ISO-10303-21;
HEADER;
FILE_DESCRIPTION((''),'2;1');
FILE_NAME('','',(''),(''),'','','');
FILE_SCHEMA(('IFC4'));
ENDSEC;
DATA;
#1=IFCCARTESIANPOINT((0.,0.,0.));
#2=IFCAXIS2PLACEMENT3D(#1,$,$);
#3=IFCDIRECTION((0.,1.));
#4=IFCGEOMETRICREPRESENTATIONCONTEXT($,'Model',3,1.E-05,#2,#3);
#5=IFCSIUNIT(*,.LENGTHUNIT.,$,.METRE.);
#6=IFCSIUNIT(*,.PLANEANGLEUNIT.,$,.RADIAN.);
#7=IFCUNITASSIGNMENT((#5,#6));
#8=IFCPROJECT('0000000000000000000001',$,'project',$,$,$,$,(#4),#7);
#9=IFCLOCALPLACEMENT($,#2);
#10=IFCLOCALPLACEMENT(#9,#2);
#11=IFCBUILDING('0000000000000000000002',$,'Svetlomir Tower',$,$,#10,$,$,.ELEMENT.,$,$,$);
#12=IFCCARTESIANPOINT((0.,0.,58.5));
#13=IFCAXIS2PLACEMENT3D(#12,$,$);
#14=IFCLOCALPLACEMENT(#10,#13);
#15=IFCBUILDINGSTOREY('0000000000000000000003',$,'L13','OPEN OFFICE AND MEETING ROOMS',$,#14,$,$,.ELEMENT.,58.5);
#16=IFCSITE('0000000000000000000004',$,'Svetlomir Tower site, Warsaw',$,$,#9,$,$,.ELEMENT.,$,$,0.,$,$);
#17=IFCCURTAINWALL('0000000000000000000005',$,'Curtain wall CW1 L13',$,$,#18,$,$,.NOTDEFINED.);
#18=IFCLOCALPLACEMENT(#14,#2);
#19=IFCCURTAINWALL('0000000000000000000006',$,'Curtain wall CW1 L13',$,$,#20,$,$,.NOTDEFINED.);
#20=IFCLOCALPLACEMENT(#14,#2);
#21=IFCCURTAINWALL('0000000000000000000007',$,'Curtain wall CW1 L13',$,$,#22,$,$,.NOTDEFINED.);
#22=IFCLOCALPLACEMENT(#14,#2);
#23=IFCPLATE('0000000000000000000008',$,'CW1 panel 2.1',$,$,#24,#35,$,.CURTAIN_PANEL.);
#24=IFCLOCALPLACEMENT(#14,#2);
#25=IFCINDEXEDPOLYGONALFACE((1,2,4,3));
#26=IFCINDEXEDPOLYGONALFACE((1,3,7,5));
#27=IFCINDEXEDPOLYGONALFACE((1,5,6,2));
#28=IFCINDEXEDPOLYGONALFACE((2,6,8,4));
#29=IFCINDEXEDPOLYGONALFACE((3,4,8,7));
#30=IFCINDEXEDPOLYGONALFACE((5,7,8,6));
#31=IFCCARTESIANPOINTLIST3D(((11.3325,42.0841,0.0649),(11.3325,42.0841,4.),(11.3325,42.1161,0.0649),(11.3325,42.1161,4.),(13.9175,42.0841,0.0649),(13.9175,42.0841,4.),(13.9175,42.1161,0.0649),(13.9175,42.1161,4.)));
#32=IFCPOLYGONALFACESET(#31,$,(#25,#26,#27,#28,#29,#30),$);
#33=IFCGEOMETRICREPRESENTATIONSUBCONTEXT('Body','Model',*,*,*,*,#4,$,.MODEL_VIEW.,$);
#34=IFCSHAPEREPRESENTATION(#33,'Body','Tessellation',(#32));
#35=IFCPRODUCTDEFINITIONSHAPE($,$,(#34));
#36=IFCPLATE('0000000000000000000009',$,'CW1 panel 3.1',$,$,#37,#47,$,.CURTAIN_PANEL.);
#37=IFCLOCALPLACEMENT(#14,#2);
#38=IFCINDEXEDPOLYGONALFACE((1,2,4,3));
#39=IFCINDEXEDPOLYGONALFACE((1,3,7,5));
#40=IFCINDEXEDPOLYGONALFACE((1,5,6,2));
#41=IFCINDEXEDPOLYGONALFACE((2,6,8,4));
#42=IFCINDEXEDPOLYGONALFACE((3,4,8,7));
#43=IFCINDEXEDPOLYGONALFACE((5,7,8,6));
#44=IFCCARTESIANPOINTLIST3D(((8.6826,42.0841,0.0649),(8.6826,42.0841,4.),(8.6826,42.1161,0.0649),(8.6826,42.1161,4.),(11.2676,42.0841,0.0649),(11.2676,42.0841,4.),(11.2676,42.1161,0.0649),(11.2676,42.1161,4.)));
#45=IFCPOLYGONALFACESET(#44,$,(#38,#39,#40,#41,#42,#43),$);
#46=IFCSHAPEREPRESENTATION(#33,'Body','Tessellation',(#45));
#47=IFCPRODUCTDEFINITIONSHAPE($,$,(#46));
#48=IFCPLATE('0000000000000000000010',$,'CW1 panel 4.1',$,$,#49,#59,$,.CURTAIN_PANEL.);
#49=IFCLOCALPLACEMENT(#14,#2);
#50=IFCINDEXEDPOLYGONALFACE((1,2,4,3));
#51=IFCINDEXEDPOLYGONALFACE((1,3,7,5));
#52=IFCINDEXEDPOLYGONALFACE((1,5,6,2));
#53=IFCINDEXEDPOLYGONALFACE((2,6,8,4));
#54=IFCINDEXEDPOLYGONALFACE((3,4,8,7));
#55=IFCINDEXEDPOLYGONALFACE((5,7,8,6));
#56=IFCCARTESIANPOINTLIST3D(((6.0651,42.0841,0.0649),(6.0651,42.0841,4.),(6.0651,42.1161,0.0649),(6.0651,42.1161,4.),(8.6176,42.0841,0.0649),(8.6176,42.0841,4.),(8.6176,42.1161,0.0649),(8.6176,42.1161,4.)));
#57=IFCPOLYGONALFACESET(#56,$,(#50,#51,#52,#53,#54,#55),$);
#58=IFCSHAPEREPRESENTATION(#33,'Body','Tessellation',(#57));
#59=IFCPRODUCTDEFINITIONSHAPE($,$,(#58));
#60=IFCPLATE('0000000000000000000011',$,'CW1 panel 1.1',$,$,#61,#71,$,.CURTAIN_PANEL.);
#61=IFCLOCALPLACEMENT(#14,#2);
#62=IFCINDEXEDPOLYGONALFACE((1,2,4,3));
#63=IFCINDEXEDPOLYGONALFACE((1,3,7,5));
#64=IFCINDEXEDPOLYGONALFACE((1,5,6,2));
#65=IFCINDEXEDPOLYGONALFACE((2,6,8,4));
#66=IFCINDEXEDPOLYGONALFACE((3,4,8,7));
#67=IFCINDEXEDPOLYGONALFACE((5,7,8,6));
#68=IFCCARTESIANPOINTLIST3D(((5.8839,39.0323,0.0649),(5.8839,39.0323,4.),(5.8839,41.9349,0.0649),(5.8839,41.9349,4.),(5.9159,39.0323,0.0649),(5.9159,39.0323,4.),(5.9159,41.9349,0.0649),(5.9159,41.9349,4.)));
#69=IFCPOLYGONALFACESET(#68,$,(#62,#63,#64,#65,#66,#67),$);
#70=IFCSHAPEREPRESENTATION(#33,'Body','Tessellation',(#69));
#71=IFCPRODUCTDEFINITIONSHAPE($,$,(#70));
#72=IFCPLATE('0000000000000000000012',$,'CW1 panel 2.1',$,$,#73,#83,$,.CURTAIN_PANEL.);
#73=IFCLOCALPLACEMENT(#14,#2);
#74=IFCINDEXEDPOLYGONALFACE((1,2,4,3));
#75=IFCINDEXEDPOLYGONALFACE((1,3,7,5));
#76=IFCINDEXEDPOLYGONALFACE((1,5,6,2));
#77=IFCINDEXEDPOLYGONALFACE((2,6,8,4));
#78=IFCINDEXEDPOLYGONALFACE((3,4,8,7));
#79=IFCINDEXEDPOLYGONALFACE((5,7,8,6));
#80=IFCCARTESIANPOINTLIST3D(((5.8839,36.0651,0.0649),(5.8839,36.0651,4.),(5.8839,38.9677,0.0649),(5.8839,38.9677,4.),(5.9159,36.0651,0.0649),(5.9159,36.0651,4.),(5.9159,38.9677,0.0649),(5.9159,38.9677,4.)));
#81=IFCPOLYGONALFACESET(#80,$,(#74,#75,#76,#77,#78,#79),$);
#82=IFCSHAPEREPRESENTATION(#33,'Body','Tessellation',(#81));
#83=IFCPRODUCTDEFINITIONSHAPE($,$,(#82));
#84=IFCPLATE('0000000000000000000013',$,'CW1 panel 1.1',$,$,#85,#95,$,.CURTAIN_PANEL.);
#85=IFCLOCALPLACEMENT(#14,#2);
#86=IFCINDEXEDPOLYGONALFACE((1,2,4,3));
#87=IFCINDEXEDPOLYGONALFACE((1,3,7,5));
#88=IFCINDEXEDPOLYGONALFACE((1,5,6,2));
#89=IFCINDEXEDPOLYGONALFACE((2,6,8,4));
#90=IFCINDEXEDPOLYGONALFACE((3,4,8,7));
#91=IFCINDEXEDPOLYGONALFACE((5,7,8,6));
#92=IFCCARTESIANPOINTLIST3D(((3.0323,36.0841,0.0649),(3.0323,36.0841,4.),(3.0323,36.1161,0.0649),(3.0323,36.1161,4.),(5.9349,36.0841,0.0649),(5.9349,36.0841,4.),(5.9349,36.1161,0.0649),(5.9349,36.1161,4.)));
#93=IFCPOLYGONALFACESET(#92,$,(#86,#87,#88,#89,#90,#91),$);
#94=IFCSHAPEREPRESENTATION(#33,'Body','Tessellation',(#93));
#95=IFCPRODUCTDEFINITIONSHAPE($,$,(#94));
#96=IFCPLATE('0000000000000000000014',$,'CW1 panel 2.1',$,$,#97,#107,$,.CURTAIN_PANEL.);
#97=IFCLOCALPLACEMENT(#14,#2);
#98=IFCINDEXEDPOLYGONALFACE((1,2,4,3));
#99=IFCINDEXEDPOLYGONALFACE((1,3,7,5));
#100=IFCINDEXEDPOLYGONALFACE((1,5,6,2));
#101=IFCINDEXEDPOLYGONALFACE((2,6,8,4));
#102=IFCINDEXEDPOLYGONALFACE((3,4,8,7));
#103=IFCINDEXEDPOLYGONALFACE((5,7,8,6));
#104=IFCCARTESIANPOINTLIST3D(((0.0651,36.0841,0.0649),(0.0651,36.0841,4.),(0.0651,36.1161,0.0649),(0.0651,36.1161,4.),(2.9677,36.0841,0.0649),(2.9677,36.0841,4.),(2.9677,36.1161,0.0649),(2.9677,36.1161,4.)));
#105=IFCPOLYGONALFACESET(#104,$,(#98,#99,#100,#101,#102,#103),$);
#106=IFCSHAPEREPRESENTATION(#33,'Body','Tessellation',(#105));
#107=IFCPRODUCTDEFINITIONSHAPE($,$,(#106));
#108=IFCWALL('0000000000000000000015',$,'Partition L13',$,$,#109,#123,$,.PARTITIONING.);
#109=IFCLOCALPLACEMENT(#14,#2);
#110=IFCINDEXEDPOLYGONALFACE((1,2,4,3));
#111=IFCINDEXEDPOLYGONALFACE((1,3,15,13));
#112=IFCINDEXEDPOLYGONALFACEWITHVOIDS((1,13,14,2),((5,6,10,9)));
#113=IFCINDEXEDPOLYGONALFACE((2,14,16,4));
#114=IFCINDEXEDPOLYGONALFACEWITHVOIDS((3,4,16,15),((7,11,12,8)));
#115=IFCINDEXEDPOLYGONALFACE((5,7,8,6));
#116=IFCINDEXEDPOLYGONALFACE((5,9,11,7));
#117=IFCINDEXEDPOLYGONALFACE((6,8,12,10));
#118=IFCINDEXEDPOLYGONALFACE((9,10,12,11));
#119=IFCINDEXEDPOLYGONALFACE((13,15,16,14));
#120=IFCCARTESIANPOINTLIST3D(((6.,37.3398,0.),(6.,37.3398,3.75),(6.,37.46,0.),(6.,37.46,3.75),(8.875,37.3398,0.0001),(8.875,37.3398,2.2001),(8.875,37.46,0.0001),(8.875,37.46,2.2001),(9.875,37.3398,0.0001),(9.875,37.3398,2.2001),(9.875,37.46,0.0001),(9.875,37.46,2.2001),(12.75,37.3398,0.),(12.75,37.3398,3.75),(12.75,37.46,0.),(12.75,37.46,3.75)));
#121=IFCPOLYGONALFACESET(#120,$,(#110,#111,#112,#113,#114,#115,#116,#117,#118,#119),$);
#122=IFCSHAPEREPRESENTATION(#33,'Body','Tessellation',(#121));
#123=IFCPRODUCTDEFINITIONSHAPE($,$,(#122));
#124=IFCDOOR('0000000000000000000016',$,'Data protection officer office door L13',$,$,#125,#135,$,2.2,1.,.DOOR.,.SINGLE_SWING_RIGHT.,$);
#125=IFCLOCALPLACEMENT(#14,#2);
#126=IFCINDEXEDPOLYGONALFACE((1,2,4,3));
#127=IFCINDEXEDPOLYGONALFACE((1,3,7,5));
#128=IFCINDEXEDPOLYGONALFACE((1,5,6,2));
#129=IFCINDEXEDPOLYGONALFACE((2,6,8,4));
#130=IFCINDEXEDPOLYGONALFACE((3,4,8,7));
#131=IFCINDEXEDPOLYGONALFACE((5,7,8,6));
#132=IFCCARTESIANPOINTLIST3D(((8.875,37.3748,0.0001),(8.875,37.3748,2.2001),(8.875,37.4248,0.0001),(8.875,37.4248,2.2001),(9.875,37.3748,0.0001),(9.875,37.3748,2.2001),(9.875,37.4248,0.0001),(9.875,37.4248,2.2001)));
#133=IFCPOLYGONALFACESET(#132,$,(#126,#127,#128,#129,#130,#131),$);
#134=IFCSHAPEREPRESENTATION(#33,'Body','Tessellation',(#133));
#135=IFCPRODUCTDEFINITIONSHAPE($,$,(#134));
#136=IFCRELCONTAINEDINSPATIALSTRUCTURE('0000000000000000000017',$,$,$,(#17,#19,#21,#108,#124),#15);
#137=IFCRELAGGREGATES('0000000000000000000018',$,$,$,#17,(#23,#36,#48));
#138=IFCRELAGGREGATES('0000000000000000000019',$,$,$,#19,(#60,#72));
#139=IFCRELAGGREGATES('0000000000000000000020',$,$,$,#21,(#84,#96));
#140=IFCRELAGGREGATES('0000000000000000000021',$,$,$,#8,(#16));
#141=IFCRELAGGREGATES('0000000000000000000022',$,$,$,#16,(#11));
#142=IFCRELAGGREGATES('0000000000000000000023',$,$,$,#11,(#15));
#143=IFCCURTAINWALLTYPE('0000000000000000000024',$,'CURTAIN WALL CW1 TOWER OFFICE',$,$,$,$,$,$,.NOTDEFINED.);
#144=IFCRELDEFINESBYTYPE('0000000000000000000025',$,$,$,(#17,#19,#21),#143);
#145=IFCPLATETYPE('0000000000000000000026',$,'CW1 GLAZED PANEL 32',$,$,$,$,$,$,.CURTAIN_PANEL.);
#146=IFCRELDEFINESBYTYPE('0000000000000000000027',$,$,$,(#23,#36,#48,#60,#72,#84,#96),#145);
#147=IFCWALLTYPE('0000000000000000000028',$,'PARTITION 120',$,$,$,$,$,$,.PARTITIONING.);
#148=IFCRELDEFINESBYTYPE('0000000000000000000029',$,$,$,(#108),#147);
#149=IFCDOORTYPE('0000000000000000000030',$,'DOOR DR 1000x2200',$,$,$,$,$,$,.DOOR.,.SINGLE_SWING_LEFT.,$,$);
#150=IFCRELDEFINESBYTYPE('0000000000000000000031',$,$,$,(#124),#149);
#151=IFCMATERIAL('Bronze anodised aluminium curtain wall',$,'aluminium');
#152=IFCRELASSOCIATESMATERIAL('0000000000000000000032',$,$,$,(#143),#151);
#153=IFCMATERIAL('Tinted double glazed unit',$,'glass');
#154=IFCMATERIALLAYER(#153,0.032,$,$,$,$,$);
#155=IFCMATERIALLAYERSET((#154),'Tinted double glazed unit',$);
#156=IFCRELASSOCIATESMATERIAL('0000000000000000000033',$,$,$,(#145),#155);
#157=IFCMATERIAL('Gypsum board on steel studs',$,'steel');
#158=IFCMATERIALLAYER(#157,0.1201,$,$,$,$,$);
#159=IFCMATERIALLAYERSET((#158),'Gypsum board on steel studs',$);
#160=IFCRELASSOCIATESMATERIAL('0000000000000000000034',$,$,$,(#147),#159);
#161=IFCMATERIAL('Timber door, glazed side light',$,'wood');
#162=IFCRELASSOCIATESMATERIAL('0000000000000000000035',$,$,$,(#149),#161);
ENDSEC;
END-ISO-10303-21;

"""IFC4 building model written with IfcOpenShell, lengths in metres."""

from ifc_helpers import new_model, si_unit, direction, frame, frame_2d, origin, origin_2d, place, context, subcontext, project, spatial, rectangle, extrude, material, layer, layer_set, type_object, element, fill, aggregate, save


model = new_model("IFC4")

# Units and contexts
model_context = context("Model", 3, precision=1e-05, world=origin(), true_north=direction((0.0, 1.0)))
body_context = subcontext(model_context, "Body", "Model", "MODEL_VIEW")
ifc_project = project(units=[si_unit("LENGTHUNIT", "METRE"), si_unit("PLANEANGLEUNIT", "RADIAN")], contexts=[model_context])

# Site, building, storey
site_placement = place(None, origin())
site = spatial("IfcSite", under=ifc_project, at=site_placement, Name="Svetlomir Tower site, Warsaw", CompositionType="ELEMENT", RefElevation=0.0)
building_placement = place(site_placement, origin())
building = spatial("IfcBuilding", under=site, at=building_placement, Name="Svetlomir Tower", CompositionType="ELEMENT")
storey_placement = place(building_placement, frame((0.0, 0.0, 58.5)))
storey = spatial("IfcBuildingStorey", under=building, at=storey_placement, Name="L13", Description="OPEN OFFICE AND MEETING ROOMS", CompositionType="ELEMENT", Elevation=58.5)

# Curtain walls
ifc_material_1 = material(Name="Bronze anodised aluminium curtain wall", Category="aluminium")
curtain_wall_type = type_object("IfcCurtainWallType", Name="CURTAIN WALL CW1 TOWER OFFICE", PredefinedType="NOTDEFINED", material=ifc_material_1)
curtain_wall_1_placement = place(storey_placement, origin())
curtain_wall_1 = element("IfcCurtainWall", 1, at=curtain_wall_1_placement, inside=storey, type_object=curtain_wall_type, Name="Curtain wall CW1 L13", PredefinedType="NOTDEFINED")
curtain_wall_2_placement = place(storey_placement, origin())
curtain_wall_2 = element("IfcCurtainWall", 2, at=curtain_wall_2_placement, inside=storey, type_object=curtain_wall_type, Name="Curtain wall CW1 L13", PredefinedType="NOTDEFINED")
curtain_wall_3_placement = place(storey_placement, origin())
curtain_wall_3 = element("IfcCurtainWall", 3, at=curtain_wall_3_placement, inside=storey, type_object=curtain_wall_type, Name="Curtain wall CW1 L13", PredefinedType="NOTDEFINED")

# Plates
ifc_material_2 = material(Name="Tinted double glazed unit", Category="glass")
ifc_layer_1 = layer(ifc_material_2, 0.032)
ifc_layer_set_1 = layer_set([ifc_layer_1], Name="Tinted double glazed unit")
plate_type = type_object("IfcPlateType", Name="CW1 GLAZED PANEL 32", PredefinedType="CURTAIN_PANEL", material=ifc_layer_set_1)
plate_1_placement = place(storey_placement, frame((12.625, 42.1001, 0.0649), z_axis=(0.0, 0.0, 1.0), x_axis=(-1.0, 0.0, 0.0)))
plate_1 = element("IfcPlate", 4, at=plate_1_placement, type_object=plate_type, Name="CW1 panel 2.1", PredefinedType="CURTAIN_PANEL", context=body_context, shape_type="SweptSolid", body=[
    extrude(rectangle(XDim=2.585, YDim=0.032, at=origin_2d()), origin(), (0.0, 0.0, 1.0), 3.9351),
])
plate_2_placement = place(storey_placement, frame((9.9751, 42.1001, 0.0649), z_axis=(0.0, 0.0, 1.0), x_axis=(-1.0, 0.0, 0.0)))
plate_2 = element("IfcPlate", 5, at=plate_2_placement, type_object=plate_type, Name="CW1 panel 3.1", PredefinedType="CURTAIN_PANEL", context=body_context, shape_type="SweptSolid", body=[
    extrude(rectangle(XDim=2.585, YDim=0.032, at=origin_2d()), origin(), (0.0, 0.0, 1.0), 3.9351),
])
plate_3_placement = place(storey_placement, frame((7.3413, 42.1001, 0.0649), z_axis=(0.0, 0.0, 1.0), x_axis=(-1.0, 0.0, 0.0)))
plate_3 = element("IfcPlate", 6, at=plate_3_placement, type_object=plate_type, Name="CW1 panel 4.1", PredefinedType="CURTAIN_PANEL", context=body_context, shape_type="SweptSolid", body=[
    extrude(rectangle(XDim=2.5525, YDim=0.032, at=origin_2d()), origin(), (0.0, 0.0, 1.0), 3.9351),
])
aggregate(curtain_wall_1, [plate_1, plate_2, plate_3])
plate_4_placement = place(storey_placement, frame((5.8999, 40.4836, 0.0649), z_axis=(0.0, 0.0, 1.0), x_axis=(0.0, -1.0, 0.0)))
plate_4 = element("IfcPlate", 7, at=plate_4_placement, type_object=plate_type, Name="CW1 panel 1.1", PredefinedType="CURTAIN_PANEL", context=body_context, shape_type="SweptSolid", body=[
    extrude(rectangle(XDim=2.9026, YDim=0.032, at=origin_2d()), origin(), (0.0, 0.0, 1.0), 3.9351),
])
plate_5_placement = place(storey_placement, frame((5.8999, 37.5164, 0.0649), z_axis=(0.0, 0.0, 1.0), x_axis=(0.0, -1.0, 0.0)))
plate_5 = element("IfcPlate", 8, at=plate_5_placement, type_object=plate_type, Name="CW1 panel 2.1", PredefinedType="CURTAIN_PANEL", context=body_context, shape_type="SweptSolid", body=[
    extrude(rectangle(XDim=2.9026, YDim=0.032, at=origin_2d()), origin(), (0.0, 0.0, 1.0), 3.9351),
])
aggregate(curtain_wall_2, [plate_4, plate_5])
plate_6_placement = place(storey_placement, frame((4.4836, 36.1001, 0.0649), z_axis=(0.0, 0.0, 1.0), x_axis=(-1.0, 0.0, 0.0)))
plate_6 = element("IfcPlate", 9, at=plate_6_placement, type_object=plate_type, Name="CW1 panel 1.1", PredefinedType="CURTAIN_PANEL", context=body_context, shape_type="SweptSolid", body=[
    extrude(rectangle(XDim=2.9026, YDim=0.032, at=origin_2d()), origin(), (0.0, 0.0, 1.0), 3.9351),
])
plate_7_placement = place(storey_placement, frame((1.5164, 36.1001, 0.0649), z_axis=(0.0, 0.0, 1.0), x_axis=(-1.0, 0.0, 0.0)))
plate_7 = element("IfcPlate", 10, at=plate_7_placement, type_object=plate_type, Name="CW1 panel 2.1", PredefinedType="CURTAIN_PANEL", context=body_context, shape_type="SweptSolid", body=[
    extrude(rectangle(XDim=2.9026, YDim=0.032, at=origin_2d()), origin(), (0.0, 0.0, 1.0), 3.9351),
])
aggregate(curtain_wall_3, [plate_6, plate_7])

# Wall, opening, door
ifc_material_3 = material(Name="Gypsum board on steel studs", Category="steel")
ifc_layer_2 = layer(ifc_material_3, 0.1201)
ifc_layer_set_2 = layer_set([ifc_layer_2], Name="Gypsum board on steel studs")
wall_type = type_object("IfcWallType", Name="PARTITION 120", PredefinedType="PARTITIONING", material=ifc_layer_set_2)
wall_placement = place(storey_placement, frame((6.0, 37.3999, 0.0), z_axis=(0.0, 0.0, 1.0), x_axis=(1.0, 0.0, 0.0)))
wall = element("IfcWall", 11, at=wall_placement, inside=storey, type_object=wall_type, Name="Partition L13", PredefinedType="PARTITIONING", context=body_context, shape_type="SweptSolid", body=[
    extrude(rectangle(XDim=6.75, YDim=0.1201, at=frame_2d((3.375, 0.0))), origin(), (0.0, 0.0, 1.0), 3.75),
])
opening_placement = place(wall_placement, frame((2.875, 0.0, 0.0)))
opening = element("IfcOpeningElement", 12, at=opening_placement, cuts=wall, PredefinedType="OPENING", context=body_context, shape_type="SweptSolid", body=[
    extrude(rectangle(XDim=1.0, YDim=2.2, at=frame_2d((0.5, 1.1001))), frame((0.0, 0.0701, 0.0), z_axis=(0.0, -1.0, 0.0), x_axis=(1.0, 0.0, 0.0)), (0.0, 0.0, 1.0), 0.1401),
])
ifc_material_4 = material(Name="Timber door, glazed side light", Category="wood")
door_type = type_object("IfcDoorType", Name="DOOR DR 1000x2200", OperationType="SINGLE_SWING_LEFT", PredefinedType="DOOR", material=ifc_material_4)
door_placement = place(opening_placement, origin())
door = element("IfcDoor", 13, at=door_placement, inside=storey, type_object=door_type, Name="Data protection officer office door L13", OperationType="SINGLE_SWING_RIGHT", OverallHeight=2.2, OverallWidth=1.0, PredefinedType="DOOR", context=body_context, shape_type="SweptSolid", body=[
    extrude(rectangle(XDim=1.0, YDim=2.2, at=frame_2d((0.5, 1.1001))), frame((0.0, 0.0249, 0.0), z_axis=(0.0, -1.0, 0.0), x_axis=(1.0, 0.0, 0.0)), (0.0, 0.0, 1.0), 0.05),
])
fill(opening, door)

save(model, "model.ifc")
